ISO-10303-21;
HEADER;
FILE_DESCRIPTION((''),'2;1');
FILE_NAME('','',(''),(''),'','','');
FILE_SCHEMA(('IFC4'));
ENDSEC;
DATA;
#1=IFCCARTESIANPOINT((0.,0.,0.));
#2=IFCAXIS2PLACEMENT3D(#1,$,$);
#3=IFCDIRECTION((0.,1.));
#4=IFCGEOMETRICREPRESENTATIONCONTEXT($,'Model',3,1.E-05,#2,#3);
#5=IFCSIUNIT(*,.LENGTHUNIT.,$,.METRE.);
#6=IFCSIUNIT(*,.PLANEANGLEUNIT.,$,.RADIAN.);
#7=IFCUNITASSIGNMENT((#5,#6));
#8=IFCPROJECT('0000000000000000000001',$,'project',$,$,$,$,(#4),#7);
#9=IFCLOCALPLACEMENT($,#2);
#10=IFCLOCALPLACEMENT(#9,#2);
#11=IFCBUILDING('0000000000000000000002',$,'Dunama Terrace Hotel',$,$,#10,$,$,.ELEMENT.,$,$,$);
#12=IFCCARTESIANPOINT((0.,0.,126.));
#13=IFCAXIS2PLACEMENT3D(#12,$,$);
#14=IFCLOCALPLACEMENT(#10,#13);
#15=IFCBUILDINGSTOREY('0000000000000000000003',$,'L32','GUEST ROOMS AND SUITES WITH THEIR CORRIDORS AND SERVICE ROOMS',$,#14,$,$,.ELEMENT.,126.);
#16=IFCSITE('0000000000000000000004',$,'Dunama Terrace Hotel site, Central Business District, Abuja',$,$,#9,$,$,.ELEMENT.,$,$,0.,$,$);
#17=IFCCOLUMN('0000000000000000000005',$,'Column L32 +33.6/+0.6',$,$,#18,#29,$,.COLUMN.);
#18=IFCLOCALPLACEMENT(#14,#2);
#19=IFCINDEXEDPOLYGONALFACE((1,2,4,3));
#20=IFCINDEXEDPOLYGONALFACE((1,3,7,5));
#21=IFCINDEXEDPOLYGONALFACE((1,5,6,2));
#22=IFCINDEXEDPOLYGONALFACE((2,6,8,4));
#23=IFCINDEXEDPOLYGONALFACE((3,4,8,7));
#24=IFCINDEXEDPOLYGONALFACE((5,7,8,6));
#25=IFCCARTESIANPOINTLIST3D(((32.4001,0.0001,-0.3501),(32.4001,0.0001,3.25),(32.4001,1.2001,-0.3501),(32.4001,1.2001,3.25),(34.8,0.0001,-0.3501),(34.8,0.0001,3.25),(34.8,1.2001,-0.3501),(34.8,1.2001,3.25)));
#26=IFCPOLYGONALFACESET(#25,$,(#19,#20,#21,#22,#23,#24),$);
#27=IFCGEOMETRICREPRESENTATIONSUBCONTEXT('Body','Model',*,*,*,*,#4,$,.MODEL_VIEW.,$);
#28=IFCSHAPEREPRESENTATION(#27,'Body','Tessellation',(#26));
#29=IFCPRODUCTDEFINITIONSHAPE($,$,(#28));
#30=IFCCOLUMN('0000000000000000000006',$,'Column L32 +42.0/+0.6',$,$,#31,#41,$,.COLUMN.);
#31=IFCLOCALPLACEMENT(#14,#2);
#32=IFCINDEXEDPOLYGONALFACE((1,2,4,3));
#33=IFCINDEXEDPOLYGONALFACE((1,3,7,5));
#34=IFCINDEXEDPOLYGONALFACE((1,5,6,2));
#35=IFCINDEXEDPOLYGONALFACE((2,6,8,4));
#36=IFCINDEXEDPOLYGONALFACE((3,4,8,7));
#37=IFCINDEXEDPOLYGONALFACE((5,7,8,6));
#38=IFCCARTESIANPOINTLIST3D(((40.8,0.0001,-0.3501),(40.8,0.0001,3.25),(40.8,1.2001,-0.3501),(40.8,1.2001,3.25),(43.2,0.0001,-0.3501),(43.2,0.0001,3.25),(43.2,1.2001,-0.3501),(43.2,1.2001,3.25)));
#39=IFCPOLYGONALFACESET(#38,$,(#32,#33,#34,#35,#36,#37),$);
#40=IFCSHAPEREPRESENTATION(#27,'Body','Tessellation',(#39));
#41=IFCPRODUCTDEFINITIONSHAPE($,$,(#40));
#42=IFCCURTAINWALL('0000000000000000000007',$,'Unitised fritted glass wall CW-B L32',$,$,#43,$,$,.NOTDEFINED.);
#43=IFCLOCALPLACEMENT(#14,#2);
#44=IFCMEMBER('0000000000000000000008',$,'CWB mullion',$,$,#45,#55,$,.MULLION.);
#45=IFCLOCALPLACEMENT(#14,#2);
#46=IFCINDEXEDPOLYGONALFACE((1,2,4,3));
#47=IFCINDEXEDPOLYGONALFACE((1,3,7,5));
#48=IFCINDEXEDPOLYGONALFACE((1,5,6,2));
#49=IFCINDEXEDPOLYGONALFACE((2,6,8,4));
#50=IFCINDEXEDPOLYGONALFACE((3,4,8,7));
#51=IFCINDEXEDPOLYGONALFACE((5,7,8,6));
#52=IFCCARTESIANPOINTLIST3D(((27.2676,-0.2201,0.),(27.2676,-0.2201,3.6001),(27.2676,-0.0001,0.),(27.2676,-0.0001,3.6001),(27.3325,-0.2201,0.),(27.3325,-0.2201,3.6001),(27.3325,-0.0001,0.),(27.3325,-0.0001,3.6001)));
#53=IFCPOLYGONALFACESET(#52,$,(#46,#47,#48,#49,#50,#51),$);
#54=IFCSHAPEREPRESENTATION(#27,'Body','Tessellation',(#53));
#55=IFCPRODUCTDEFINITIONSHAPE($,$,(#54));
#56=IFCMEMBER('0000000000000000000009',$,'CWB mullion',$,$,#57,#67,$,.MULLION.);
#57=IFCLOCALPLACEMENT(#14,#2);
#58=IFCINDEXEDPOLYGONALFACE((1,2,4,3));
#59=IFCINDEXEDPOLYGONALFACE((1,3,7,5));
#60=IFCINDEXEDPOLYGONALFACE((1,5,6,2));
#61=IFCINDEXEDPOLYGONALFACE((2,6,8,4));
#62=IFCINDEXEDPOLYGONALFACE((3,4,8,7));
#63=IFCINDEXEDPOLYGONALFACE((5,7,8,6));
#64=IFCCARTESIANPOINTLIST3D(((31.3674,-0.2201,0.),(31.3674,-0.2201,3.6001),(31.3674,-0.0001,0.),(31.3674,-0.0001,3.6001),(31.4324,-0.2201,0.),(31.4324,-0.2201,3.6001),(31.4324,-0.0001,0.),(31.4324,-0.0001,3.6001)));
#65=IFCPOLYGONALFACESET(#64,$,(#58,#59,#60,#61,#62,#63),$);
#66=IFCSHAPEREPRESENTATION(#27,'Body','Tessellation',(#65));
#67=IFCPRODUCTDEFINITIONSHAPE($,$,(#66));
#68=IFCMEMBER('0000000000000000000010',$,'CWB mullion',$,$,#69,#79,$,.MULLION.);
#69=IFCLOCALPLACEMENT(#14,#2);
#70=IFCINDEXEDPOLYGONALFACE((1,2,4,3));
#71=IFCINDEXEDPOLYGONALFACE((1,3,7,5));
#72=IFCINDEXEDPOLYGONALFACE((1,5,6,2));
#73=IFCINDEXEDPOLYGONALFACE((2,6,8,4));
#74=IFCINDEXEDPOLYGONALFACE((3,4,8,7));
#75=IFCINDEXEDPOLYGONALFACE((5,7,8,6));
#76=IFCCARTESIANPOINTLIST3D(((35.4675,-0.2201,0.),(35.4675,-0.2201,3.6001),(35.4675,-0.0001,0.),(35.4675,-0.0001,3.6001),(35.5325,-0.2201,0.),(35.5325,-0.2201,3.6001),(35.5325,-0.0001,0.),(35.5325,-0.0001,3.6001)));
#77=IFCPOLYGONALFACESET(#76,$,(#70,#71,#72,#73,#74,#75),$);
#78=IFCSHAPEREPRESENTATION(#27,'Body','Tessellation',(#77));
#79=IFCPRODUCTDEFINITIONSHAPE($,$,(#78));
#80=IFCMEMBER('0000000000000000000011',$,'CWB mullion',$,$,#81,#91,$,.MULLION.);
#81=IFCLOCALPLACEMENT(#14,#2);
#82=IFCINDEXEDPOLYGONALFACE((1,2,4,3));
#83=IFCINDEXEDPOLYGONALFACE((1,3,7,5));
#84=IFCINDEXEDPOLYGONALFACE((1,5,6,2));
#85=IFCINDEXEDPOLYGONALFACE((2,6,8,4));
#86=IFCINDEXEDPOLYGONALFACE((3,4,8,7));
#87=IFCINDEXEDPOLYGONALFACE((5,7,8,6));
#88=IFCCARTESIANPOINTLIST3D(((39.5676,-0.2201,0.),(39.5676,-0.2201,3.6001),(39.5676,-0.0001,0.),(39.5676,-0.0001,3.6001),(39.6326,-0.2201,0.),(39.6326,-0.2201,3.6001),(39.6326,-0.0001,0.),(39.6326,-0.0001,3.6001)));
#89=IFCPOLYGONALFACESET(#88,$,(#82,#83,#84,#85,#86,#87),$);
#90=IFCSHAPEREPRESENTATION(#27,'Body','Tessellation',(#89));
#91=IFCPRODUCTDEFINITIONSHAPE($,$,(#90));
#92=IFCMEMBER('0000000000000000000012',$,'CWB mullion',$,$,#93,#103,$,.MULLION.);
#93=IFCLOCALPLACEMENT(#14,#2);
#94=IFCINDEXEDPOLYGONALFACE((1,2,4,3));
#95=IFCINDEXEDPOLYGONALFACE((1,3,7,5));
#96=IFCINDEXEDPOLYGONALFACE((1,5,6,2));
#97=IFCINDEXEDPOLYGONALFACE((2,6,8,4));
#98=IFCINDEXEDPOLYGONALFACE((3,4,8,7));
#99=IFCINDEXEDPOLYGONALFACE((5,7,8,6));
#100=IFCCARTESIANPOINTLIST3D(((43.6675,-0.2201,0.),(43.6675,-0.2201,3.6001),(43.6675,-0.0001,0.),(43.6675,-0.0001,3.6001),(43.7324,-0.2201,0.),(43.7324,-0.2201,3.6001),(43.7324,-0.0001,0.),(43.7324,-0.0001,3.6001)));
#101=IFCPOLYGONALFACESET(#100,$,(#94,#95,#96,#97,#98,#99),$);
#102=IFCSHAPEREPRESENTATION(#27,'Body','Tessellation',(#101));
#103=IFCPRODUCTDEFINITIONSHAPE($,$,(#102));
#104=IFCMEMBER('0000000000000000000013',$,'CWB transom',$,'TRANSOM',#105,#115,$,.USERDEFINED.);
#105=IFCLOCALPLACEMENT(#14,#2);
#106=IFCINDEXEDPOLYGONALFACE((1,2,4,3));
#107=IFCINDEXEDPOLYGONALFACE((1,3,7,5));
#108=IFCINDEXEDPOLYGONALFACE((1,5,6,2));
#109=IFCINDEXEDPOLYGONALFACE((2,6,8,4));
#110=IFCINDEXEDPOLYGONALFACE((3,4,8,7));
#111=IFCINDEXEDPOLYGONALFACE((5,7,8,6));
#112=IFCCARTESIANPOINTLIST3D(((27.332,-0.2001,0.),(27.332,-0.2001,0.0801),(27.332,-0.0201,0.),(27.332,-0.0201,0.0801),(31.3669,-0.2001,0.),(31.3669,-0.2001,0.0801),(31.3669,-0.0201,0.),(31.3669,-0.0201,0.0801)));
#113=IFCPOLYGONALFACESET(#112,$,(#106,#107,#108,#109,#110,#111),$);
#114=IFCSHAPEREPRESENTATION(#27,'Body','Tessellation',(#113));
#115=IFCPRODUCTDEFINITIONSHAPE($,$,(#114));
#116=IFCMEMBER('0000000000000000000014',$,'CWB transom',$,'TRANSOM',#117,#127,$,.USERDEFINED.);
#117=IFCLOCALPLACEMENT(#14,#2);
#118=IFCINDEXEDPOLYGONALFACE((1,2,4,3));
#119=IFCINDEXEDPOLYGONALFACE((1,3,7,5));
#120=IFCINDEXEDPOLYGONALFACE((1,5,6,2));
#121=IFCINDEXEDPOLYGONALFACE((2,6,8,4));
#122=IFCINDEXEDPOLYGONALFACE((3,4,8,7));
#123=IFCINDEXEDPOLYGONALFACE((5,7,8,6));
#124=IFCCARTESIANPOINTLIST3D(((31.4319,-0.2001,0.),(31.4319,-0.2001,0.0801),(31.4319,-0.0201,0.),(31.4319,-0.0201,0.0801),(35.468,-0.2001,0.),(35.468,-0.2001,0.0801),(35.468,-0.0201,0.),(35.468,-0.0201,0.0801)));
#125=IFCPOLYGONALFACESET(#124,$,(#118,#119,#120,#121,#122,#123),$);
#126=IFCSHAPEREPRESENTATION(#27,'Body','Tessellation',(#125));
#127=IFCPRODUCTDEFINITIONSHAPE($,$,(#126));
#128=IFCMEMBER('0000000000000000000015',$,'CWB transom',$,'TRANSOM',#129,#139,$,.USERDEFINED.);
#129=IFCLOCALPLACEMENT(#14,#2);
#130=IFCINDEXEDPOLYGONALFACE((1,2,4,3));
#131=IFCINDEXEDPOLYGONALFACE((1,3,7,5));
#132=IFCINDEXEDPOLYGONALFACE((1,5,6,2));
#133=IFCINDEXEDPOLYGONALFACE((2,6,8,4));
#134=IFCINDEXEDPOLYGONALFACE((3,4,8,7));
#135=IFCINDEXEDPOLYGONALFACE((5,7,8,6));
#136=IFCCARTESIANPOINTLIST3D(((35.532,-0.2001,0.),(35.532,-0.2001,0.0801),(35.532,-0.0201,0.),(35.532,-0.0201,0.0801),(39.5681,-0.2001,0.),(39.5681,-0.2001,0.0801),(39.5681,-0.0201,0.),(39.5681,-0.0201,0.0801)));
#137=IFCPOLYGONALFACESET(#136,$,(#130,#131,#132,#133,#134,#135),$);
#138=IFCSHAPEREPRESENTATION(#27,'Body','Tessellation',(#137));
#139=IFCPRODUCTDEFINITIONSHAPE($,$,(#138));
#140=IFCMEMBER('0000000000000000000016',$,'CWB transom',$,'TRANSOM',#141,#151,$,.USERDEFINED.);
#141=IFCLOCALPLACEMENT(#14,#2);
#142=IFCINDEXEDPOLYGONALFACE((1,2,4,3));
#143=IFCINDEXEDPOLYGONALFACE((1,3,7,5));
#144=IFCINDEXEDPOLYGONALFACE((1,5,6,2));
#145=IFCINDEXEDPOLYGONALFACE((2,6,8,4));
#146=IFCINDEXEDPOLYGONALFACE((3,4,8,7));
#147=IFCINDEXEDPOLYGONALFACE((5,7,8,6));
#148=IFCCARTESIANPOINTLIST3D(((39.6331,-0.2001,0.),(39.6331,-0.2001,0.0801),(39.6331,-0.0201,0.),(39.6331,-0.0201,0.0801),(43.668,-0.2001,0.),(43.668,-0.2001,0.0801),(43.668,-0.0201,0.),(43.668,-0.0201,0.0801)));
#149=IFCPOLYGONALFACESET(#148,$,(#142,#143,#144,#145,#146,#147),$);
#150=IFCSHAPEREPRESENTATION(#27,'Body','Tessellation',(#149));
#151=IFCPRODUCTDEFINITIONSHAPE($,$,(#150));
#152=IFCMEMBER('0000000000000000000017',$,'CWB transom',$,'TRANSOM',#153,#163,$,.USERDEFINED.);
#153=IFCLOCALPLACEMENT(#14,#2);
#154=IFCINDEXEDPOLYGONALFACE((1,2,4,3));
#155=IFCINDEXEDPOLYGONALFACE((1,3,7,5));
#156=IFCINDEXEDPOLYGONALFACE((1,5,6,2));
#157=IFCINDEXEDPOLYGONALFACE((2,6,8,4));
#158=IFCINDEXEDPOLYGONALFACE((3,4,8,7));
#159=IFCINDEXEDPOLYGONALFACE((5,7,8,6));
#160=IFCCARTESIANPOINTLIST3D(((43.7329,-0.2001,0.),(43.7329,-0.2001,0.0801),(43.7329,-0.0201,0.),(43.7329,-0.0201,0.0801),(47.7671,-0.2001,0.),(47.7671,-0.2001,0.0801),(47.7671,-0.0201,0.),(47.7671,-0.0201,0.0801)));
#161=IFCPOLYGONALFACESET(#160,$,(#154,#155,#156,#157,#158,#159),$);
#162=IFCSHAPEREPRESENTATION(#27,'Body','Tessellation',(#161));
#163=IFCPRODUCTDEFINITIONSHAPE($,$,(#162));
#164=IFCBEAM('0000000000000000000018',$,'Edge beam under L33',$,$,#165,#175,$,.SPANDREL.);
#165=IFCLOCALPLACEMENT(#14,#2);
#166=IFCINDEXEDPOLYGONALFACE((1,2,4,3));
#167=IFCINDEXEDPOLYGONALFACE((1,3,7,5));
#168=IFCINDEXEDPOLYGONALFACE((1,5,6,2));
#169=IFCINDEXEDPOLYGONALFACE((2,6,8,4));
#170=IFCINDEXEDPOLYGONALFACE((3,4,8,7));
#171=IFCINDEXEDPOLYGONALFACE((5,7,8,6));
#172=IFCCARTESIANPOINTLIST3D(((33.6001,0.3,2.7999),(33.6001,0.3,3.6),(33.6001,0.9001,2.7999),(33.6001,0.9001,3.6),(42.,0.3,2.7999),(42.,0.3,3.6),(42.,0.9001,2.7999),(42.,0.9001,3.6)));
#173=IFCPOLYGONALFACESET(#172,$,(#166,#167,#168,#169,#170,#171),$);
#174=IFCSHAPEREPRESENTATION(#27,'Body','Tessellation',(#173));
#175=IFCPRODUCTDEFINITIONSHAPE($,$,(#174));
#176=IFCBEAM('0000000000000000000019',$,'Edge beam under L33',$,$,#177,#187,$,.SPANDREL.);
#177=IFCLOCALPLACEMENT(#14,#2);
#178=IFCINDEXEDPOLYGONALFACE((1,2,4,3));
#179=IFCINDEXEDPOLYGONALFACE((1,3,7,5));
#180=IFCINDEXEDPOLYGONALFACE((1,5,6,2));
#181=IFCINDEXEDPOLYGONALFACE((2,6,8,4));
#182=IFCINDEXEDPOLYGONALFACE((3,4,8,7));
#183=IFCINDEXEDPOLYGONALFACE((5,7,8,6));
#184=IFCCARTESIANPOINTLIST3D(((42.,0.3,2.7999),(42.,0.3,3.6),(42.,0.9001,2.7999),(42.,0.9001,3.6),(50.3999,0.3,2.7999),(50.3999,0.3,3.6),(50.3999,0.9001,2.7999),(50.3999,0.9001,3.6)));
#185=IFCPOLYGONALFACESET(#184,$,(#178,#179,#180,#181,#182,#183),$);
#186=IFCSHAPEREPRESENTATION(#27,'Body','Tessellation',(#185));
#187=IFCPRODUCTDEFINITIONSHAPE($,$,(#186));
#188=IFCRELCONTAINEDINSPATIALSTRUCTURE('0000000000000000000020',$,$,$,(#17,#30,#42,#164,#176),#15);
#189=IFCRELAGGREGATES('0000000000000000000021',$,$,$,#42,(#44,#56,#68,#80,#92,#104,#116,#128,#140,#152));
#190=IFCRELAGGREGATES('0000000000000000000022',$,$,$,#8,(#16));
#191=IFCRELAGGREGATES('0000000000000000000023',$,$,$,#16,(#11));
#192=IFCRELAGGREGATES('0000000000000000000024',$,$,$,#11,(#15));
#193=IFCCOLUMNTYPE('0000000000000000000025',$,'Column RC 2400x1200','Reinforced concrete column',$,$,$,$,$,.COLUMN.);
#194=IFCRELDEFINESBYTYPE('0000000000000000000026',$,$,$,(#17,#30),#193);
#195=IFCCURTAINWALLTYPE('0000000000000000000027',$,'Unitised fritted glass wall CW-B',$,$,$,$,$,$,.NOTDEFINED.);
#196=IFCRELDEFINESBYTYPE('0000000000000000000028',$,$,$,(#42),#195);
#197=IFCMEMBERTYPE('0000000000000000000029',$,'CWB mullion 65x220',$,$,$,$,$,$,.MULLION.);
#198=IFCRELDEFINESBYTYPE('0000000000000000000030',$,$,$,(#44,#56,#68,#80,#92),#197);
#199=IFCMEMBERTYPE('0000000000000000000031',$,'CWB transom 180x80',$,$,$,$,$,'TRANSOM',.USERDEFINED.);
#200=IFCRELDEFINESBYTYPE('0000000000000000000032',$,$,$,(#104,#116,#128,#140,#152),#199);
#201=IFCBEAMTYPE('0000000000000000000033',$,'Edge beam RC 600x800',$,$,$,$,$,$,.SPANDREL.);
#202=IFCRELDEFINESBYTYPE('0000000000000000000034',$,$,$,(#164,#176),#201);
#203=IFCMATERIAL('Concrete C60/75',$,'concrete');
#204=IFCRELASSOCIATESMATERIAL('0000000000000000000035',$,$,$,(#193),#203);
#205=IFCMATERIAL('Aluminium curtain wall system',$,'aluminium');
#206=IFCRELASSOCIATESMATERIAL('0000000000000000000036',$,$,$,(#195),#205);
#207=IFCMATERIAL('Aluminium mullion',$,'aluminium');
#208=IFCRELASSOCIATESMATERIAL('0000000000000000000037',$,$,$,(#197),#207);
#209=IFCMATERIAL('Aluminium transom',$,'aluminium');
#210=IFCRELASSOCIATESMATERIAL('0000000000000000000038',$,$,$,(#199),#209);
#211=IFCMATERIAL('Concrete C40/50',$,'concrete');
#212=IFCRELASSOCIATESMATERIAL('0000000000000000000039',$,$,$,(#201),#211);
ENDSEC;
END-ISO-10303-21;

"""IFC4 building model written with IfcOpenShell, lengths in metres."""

from ifc_helpers import new_model, si_unit, direction, frame, origin, origin_2d, place, context, subcontext, project, spatial, rectangle, extrude, material, material_profile, profile_set, type_object, element, aggregate, save


model = new_model("IFC4")

# Units and contexts
model_context = context("Model", 3, precision=1e-05, world=origin(), true_north=direction((0.0, 1.0)))
body_context = subcontext(model_context, "Body", "Model", "MODEL_VIEW")
ifc_project = project(units=[si_unit("LENGTHUNIT", "METRE"), si_unit("PLANEANGLEUNIT", "RADIAN")], contexts=[model_context])

# Site, building, storey
site_placement = place(None, origin())
site = spatial("IfcSite", under=ifc_project, at=site_placement, Name="Dunama Terrace Hotel site, Central Business District, Abuja", CompositionType="ELEMENT", RefElevation=0.0)
building_placement = place(site_placement, origin())
building = spatial("IfcBuilding", under=site, at=building_placement, Name="Dunama Terrace Hotel", CompositionType="ELEMENT")
storey_placement = place(building_placement, frame((0.0, 0.0, 126.0)))
storey = spatial("IfcBuildingStorey", under=building, at=storey_placement, Name="L32", Description="GUEST ROOMS AND SUITES WITH THEIR CORRIDORS AND SERVICE ROOMS", CompositionType="ELEMENT", Elevation=126.0)

# Columns
ifc_material_1 = material(Name="Concrete C60/75", Category="concrete")
ifc_material_profile_1 = material_profile(ifc_material_1, rectangle(XDim=2.3999, YDim=1.2, at=origin_2d()), Name="RC 2400x1200")
ifc_profile_set_1 = profile_set([ifc_material_profile_1], Name="Concrete C60/75")
column_type = type_object("IfcColumnType", Name="Column RC 2400x1200", Description="Reinforced concrete column", PredefinedType="COLUMN", material=ifc_profile_set_1)
for number, where, z_axis, x_axis, name in (
    (1, (33.6001, 0.6001, -0.3501), (0.0, 0.0, 1.0), (1.0, 0.0, 0.0), "Column L32 +33.6/+0.6"),
    (2, (42.0, 0.6001, -0.3501), (0.0, 0.0, 1.0), (1.0, 0.0, 0.0), "Column L32 +42.0/+0.6"),
):
    element("IfcColumn", number, at=place(storey_placement, frame(where, z_axis=z_axis, x_axis=x_axis)), inside=storey, type_object=column_type, Name=name, PredefinedType="COLUMN", context=body_context, shape_type="SweptSolid", body=[
        extrude(rectangle(XDim=2.3999, YDim=1.2, at=origin_2d()), origin(), (0.0, 0.0, 1.0), 3.6001),
    ])

# Curtain wall, members
ifc_material_2 = material(Name="Aluminium curtain wall system", Category="aluminium")
curtain_wall_type = type_object("IfcCurtainWallType", Name="Unitised fritted glass wall CW-B", PredefinedType="NOTDEFINED", material=ifc_material_2)
curtain_wall_placement = place(storey_placement, origin())
curtain_wall = element("IfcCurtainWall", 3, at=curtain_wall_placement, inside=storey, type_object=curtain_wall_type, Name="Unitised fritted glass wall CW-B L32", PredefinedType="NOTDEFINED")
ifc_material_3 = material(Name="Aluminium mullion", Category="aluminium")
ifc_material_profile_2 = material_profile(ifc_material_3, rectangle(XDim=0.0649, YDim=0.22, at=origin_2d()), Name="CWB MULLION 65X220")
ifc_profile_set_2 = profile_set([ifc_material_profile_2], Name="Aluminium mullion")
member_type_1 = type_object("IfcMemberType", Name="CWB mullion 65x220", PredefinedType="MULLION", material=ifc_profile_set_2)
member_1_placement = place(storey_placement, frame((27.3, -0.1101, 0.0), z_axis=(0.0, 0.0, 1.0), x_axis=(1.0, 0.0, 0.0)))
member_1 = element("IfcMember", 4, at=member_1_placement, type_object=member_type_1, Name="CWB mullion", PredefinedType="MULLION", context=body_context, shape_type="SweptSolid", body=[
    extrude(rectangle(XDim=0.0649, YDim=0.22, at=origin_2d()), origin(), (0.0, 0.0, 1.0), 3.6001),
])
member_2_placement = place(storey_placement, frame((31.3999, -0.1101, 0.0), z_axis=(0.0, 0.0, 1.0), x_axis=(1.0, 0.0, 0.0)))
member_2 = element("IfcMember", 5, at=member_2_placement, type_object=member_type_1, Name="CWB mullion", PredefinedType="MULLION", context=body_context, shape_type="SweptSolid", body=[
    extrude(rectangle(XDim=0.0649, YDim=0.22, at=origin_2d()), origin(), (0.0, 0.0, 1.0), 3.6001),
])
member_3_placement = place(storey_placement, frame((35.5, -0.1101, 0.0), z_axis=(0.0, 0.0, 1.0), x_axis=(1.0, 0.0, 0.0)))
member_3 = element("IfcMember", 6, at=member_3_placement, type_object=member_type_1, Name="CWB mullion", PredefinedType="MULLION", context=body_context, shape_type="SweptSolid", body=[
    extrude(rectangle(XDim=0.0649, YDim=0.22, at=origin_2d()), origin(), (0.0, 0.0, 1.0), 3.6001),
])
member_4_placement = place(storey_placement, frame((39.6001, -0.1101, 0.0), z_axis=(0.0, 0.0, 1.0), x_axis=(1.0, 0.0, 0.0)))
member_4 = element("IfcMember", 7, at=member_4_placement, type_object=member_type_1, Name="CWB mullion", PredefinedType="MULLION", context=body_context, shape_type="SweptSolid", body=[
    extrude(rectangle(XDim=0.0649, YDim=0.22, at=origin_2d()), origin(), (0.0, 0.0, 1.0), 3.6001),
])
member_5_placement = place(storey_placement, frame((43.7, -0.1101, 0.0), z_axis=(0.0, 0.0, 1.0), x_axis=(1.0, 0.0, 0.0)))
member_5 = element("IfcMember", 8, at=member_5_placement, type_object=member_type_1, Name="CWB mullion", PredefinedType="MULLION", context=body_context, shape_type="SweptSolid", body=[
    extrude(rectangle(XDim=0.0649, YDim=0.22, at=origin_2d()), origin(), (0.0, 0.0, 1.0), 3.6001),
])
ifc_material_4 = material(Name="Aluminium transom", Category="aluminium")
ifc_material_profile_3 = material_profile(ifc_material_4, rectangle(XDim=0.1799, YDim=0.0801, at=origin_2d()), Name="CWB TRANSOM 180X80")
ifc_profile_set_3 = profile_set([ifc_material_profile_3], Name="Aluminium transom")
member_type_2 = type_object("IfcMemberType", Name="CWB transom 180x80", ElementType="TRANSOM", PredefinedType="USERDEFINED", material=ifc_profile_set_3)
member_6_placement = place(storey_placement, frame((27.332, -0.1101, 0.04), z_axis=(1.0, 0.0, 0.0), x_axis=(0.0, 1.0, 0.0)))
member_6 = element("IfcMember", 9, at=member_6_placement, type_object=member_type_2, Name="CWB transom", ObjectType="TRANSOM", PredefinedType="USERDEFINED", context=body_context, shape_type="SweptSolid", body=[
    extrude(rectangle(XDim=0.1799, YDim=0.0801, at=origin_2d()), origin(), (0.0, 0.0, 1.0), 4.0349),
])
member_7_placement = place(storey_placement, frame((31.4319, -0.1101, 0.04), z_axis=(1.0, 0.0, 0.0), x_axis=(0.0, 1.0, 0.0)))
member_7 = element("IfcMember", 10, at=member_7_placement, type_object=member_type_2, Name="CWB transom", ObjectType="TRANSOM", PredefinedType="USERDEFINED", context=body_context, shape_type="SweptSolid", body=[
    extrude(rectangle(XDim=0.1799, YDim=0.0801, at=origin_2d()), origin(), (0.0, 0.0, 1.0), 4.0361),
])
member_8_placement = place(storey_placement, frame((35.532, -0.1101, 0.04), z_axis=(1.0, 0.0, 0.0), x_axis=(0.0, 1.0, 0.0)))
member_8 = element("IfcMember", 11, at=member_8_placement, type_object=member_type_2, Name="CWB transom", ObjectType="TRANSOM", PredefinedType="USERDEFINED", context=body_context, shape_type="SweptSolid", body=[
    extrude(rectangle(XDim=0.1799, YDim=0.0801, at=origin_2d()), origin(), (0.0, 0.0, 1.0), 4.0361),
])
member_9_placement = place(storey_placement, frame((39.6331, -0.1101, 0.04), z_axis=(1.0, 0.0, 0.0), x_axis=(0.0, 1.0, 0.0)))
member_9 = element("IfcMember", 12, at=member_9_placement, type_object=member_type_2, Name="CWB transom", ObjectType="TRANSOM", PredefinedType="USERDEFINED", context=body_context, shape_type="SweptSolid", body=[
    extrude(rectangle(XDim=0.1799, YDim=0.0801, at=origin_2d()), origin(), (0.0, 0.0, 1.0), 4.0349),
])
member_10_placement = place(storey_placement, frame((43.7329, -0.1101, 0.04), z_axis=(1.0, 0.0, 0.0), x_axis=(0.0, 1.0, 0.0)))
member_10 = element("IfcMember", 13, at=member_10_placement, type_object=member_type_2, Name="CWB transom", ObjectType="TRANSOM", PredefinedType="USERDEFINED", context=body_context, shape_type="SweptSolid", body=[
    extrude(rectangle(XDim=0.1799, YDim=0.0801, at=origin_2d()), origin(), (0.0, 0.0, 1.0), 4.0342),
])

# Beams
ifc_material_5 = material(Name="Concrete C40/50", Category="concrete")
ifc_material_profile_4 = material_profile(ifc_material_5, rectangle(XDim=0.6001, YDim=0.8, at=origin_2d()), Name="RC 600x800")
ifc_profile_set_4 = profile_set([ifc_material_profile_4], Name="Concrete C40/50")
beam_type = type_object("IfcBeamType", Name="Edge beam RC 600x800", PredefinedType="SPANDREL", material=ifc_profile_set_4)
for number, where, z_axis, x_axis, name in (
    (14, (33.6001, 0.6001, 3.2), (1.0, 0.0, 0.0), (0.0, 1.0, 0.0), "Edge beam under L33"),
    (15, (42.0, 0.6001, 3.2), (1.0, 0.0, 0.0), (0.0, 1.0, 0.0), "Edge beam under L33"),
):
    element("IfcBeam", number, at=place(storey_placement, frame(where, z_axis=z_axis, x_axis=x_axis)), inside=storey, type_object=beam_type, Name=name, PredefinedType="SPANDREL", context=body_context, shape_type="SweptSolid", body=[
        extrude(rectangle(XDim=0.6001, YDim=0.8, at=origin_2d()), origin(), (0.0, 0.0, 1.0), 8.3999),
    ])

aggregate(curtain_wall, [member_1, member_2, member_3, member_4, member_5, member_6, member_7, member_8, member_9, member_10])

save(model, "model.ifc")
